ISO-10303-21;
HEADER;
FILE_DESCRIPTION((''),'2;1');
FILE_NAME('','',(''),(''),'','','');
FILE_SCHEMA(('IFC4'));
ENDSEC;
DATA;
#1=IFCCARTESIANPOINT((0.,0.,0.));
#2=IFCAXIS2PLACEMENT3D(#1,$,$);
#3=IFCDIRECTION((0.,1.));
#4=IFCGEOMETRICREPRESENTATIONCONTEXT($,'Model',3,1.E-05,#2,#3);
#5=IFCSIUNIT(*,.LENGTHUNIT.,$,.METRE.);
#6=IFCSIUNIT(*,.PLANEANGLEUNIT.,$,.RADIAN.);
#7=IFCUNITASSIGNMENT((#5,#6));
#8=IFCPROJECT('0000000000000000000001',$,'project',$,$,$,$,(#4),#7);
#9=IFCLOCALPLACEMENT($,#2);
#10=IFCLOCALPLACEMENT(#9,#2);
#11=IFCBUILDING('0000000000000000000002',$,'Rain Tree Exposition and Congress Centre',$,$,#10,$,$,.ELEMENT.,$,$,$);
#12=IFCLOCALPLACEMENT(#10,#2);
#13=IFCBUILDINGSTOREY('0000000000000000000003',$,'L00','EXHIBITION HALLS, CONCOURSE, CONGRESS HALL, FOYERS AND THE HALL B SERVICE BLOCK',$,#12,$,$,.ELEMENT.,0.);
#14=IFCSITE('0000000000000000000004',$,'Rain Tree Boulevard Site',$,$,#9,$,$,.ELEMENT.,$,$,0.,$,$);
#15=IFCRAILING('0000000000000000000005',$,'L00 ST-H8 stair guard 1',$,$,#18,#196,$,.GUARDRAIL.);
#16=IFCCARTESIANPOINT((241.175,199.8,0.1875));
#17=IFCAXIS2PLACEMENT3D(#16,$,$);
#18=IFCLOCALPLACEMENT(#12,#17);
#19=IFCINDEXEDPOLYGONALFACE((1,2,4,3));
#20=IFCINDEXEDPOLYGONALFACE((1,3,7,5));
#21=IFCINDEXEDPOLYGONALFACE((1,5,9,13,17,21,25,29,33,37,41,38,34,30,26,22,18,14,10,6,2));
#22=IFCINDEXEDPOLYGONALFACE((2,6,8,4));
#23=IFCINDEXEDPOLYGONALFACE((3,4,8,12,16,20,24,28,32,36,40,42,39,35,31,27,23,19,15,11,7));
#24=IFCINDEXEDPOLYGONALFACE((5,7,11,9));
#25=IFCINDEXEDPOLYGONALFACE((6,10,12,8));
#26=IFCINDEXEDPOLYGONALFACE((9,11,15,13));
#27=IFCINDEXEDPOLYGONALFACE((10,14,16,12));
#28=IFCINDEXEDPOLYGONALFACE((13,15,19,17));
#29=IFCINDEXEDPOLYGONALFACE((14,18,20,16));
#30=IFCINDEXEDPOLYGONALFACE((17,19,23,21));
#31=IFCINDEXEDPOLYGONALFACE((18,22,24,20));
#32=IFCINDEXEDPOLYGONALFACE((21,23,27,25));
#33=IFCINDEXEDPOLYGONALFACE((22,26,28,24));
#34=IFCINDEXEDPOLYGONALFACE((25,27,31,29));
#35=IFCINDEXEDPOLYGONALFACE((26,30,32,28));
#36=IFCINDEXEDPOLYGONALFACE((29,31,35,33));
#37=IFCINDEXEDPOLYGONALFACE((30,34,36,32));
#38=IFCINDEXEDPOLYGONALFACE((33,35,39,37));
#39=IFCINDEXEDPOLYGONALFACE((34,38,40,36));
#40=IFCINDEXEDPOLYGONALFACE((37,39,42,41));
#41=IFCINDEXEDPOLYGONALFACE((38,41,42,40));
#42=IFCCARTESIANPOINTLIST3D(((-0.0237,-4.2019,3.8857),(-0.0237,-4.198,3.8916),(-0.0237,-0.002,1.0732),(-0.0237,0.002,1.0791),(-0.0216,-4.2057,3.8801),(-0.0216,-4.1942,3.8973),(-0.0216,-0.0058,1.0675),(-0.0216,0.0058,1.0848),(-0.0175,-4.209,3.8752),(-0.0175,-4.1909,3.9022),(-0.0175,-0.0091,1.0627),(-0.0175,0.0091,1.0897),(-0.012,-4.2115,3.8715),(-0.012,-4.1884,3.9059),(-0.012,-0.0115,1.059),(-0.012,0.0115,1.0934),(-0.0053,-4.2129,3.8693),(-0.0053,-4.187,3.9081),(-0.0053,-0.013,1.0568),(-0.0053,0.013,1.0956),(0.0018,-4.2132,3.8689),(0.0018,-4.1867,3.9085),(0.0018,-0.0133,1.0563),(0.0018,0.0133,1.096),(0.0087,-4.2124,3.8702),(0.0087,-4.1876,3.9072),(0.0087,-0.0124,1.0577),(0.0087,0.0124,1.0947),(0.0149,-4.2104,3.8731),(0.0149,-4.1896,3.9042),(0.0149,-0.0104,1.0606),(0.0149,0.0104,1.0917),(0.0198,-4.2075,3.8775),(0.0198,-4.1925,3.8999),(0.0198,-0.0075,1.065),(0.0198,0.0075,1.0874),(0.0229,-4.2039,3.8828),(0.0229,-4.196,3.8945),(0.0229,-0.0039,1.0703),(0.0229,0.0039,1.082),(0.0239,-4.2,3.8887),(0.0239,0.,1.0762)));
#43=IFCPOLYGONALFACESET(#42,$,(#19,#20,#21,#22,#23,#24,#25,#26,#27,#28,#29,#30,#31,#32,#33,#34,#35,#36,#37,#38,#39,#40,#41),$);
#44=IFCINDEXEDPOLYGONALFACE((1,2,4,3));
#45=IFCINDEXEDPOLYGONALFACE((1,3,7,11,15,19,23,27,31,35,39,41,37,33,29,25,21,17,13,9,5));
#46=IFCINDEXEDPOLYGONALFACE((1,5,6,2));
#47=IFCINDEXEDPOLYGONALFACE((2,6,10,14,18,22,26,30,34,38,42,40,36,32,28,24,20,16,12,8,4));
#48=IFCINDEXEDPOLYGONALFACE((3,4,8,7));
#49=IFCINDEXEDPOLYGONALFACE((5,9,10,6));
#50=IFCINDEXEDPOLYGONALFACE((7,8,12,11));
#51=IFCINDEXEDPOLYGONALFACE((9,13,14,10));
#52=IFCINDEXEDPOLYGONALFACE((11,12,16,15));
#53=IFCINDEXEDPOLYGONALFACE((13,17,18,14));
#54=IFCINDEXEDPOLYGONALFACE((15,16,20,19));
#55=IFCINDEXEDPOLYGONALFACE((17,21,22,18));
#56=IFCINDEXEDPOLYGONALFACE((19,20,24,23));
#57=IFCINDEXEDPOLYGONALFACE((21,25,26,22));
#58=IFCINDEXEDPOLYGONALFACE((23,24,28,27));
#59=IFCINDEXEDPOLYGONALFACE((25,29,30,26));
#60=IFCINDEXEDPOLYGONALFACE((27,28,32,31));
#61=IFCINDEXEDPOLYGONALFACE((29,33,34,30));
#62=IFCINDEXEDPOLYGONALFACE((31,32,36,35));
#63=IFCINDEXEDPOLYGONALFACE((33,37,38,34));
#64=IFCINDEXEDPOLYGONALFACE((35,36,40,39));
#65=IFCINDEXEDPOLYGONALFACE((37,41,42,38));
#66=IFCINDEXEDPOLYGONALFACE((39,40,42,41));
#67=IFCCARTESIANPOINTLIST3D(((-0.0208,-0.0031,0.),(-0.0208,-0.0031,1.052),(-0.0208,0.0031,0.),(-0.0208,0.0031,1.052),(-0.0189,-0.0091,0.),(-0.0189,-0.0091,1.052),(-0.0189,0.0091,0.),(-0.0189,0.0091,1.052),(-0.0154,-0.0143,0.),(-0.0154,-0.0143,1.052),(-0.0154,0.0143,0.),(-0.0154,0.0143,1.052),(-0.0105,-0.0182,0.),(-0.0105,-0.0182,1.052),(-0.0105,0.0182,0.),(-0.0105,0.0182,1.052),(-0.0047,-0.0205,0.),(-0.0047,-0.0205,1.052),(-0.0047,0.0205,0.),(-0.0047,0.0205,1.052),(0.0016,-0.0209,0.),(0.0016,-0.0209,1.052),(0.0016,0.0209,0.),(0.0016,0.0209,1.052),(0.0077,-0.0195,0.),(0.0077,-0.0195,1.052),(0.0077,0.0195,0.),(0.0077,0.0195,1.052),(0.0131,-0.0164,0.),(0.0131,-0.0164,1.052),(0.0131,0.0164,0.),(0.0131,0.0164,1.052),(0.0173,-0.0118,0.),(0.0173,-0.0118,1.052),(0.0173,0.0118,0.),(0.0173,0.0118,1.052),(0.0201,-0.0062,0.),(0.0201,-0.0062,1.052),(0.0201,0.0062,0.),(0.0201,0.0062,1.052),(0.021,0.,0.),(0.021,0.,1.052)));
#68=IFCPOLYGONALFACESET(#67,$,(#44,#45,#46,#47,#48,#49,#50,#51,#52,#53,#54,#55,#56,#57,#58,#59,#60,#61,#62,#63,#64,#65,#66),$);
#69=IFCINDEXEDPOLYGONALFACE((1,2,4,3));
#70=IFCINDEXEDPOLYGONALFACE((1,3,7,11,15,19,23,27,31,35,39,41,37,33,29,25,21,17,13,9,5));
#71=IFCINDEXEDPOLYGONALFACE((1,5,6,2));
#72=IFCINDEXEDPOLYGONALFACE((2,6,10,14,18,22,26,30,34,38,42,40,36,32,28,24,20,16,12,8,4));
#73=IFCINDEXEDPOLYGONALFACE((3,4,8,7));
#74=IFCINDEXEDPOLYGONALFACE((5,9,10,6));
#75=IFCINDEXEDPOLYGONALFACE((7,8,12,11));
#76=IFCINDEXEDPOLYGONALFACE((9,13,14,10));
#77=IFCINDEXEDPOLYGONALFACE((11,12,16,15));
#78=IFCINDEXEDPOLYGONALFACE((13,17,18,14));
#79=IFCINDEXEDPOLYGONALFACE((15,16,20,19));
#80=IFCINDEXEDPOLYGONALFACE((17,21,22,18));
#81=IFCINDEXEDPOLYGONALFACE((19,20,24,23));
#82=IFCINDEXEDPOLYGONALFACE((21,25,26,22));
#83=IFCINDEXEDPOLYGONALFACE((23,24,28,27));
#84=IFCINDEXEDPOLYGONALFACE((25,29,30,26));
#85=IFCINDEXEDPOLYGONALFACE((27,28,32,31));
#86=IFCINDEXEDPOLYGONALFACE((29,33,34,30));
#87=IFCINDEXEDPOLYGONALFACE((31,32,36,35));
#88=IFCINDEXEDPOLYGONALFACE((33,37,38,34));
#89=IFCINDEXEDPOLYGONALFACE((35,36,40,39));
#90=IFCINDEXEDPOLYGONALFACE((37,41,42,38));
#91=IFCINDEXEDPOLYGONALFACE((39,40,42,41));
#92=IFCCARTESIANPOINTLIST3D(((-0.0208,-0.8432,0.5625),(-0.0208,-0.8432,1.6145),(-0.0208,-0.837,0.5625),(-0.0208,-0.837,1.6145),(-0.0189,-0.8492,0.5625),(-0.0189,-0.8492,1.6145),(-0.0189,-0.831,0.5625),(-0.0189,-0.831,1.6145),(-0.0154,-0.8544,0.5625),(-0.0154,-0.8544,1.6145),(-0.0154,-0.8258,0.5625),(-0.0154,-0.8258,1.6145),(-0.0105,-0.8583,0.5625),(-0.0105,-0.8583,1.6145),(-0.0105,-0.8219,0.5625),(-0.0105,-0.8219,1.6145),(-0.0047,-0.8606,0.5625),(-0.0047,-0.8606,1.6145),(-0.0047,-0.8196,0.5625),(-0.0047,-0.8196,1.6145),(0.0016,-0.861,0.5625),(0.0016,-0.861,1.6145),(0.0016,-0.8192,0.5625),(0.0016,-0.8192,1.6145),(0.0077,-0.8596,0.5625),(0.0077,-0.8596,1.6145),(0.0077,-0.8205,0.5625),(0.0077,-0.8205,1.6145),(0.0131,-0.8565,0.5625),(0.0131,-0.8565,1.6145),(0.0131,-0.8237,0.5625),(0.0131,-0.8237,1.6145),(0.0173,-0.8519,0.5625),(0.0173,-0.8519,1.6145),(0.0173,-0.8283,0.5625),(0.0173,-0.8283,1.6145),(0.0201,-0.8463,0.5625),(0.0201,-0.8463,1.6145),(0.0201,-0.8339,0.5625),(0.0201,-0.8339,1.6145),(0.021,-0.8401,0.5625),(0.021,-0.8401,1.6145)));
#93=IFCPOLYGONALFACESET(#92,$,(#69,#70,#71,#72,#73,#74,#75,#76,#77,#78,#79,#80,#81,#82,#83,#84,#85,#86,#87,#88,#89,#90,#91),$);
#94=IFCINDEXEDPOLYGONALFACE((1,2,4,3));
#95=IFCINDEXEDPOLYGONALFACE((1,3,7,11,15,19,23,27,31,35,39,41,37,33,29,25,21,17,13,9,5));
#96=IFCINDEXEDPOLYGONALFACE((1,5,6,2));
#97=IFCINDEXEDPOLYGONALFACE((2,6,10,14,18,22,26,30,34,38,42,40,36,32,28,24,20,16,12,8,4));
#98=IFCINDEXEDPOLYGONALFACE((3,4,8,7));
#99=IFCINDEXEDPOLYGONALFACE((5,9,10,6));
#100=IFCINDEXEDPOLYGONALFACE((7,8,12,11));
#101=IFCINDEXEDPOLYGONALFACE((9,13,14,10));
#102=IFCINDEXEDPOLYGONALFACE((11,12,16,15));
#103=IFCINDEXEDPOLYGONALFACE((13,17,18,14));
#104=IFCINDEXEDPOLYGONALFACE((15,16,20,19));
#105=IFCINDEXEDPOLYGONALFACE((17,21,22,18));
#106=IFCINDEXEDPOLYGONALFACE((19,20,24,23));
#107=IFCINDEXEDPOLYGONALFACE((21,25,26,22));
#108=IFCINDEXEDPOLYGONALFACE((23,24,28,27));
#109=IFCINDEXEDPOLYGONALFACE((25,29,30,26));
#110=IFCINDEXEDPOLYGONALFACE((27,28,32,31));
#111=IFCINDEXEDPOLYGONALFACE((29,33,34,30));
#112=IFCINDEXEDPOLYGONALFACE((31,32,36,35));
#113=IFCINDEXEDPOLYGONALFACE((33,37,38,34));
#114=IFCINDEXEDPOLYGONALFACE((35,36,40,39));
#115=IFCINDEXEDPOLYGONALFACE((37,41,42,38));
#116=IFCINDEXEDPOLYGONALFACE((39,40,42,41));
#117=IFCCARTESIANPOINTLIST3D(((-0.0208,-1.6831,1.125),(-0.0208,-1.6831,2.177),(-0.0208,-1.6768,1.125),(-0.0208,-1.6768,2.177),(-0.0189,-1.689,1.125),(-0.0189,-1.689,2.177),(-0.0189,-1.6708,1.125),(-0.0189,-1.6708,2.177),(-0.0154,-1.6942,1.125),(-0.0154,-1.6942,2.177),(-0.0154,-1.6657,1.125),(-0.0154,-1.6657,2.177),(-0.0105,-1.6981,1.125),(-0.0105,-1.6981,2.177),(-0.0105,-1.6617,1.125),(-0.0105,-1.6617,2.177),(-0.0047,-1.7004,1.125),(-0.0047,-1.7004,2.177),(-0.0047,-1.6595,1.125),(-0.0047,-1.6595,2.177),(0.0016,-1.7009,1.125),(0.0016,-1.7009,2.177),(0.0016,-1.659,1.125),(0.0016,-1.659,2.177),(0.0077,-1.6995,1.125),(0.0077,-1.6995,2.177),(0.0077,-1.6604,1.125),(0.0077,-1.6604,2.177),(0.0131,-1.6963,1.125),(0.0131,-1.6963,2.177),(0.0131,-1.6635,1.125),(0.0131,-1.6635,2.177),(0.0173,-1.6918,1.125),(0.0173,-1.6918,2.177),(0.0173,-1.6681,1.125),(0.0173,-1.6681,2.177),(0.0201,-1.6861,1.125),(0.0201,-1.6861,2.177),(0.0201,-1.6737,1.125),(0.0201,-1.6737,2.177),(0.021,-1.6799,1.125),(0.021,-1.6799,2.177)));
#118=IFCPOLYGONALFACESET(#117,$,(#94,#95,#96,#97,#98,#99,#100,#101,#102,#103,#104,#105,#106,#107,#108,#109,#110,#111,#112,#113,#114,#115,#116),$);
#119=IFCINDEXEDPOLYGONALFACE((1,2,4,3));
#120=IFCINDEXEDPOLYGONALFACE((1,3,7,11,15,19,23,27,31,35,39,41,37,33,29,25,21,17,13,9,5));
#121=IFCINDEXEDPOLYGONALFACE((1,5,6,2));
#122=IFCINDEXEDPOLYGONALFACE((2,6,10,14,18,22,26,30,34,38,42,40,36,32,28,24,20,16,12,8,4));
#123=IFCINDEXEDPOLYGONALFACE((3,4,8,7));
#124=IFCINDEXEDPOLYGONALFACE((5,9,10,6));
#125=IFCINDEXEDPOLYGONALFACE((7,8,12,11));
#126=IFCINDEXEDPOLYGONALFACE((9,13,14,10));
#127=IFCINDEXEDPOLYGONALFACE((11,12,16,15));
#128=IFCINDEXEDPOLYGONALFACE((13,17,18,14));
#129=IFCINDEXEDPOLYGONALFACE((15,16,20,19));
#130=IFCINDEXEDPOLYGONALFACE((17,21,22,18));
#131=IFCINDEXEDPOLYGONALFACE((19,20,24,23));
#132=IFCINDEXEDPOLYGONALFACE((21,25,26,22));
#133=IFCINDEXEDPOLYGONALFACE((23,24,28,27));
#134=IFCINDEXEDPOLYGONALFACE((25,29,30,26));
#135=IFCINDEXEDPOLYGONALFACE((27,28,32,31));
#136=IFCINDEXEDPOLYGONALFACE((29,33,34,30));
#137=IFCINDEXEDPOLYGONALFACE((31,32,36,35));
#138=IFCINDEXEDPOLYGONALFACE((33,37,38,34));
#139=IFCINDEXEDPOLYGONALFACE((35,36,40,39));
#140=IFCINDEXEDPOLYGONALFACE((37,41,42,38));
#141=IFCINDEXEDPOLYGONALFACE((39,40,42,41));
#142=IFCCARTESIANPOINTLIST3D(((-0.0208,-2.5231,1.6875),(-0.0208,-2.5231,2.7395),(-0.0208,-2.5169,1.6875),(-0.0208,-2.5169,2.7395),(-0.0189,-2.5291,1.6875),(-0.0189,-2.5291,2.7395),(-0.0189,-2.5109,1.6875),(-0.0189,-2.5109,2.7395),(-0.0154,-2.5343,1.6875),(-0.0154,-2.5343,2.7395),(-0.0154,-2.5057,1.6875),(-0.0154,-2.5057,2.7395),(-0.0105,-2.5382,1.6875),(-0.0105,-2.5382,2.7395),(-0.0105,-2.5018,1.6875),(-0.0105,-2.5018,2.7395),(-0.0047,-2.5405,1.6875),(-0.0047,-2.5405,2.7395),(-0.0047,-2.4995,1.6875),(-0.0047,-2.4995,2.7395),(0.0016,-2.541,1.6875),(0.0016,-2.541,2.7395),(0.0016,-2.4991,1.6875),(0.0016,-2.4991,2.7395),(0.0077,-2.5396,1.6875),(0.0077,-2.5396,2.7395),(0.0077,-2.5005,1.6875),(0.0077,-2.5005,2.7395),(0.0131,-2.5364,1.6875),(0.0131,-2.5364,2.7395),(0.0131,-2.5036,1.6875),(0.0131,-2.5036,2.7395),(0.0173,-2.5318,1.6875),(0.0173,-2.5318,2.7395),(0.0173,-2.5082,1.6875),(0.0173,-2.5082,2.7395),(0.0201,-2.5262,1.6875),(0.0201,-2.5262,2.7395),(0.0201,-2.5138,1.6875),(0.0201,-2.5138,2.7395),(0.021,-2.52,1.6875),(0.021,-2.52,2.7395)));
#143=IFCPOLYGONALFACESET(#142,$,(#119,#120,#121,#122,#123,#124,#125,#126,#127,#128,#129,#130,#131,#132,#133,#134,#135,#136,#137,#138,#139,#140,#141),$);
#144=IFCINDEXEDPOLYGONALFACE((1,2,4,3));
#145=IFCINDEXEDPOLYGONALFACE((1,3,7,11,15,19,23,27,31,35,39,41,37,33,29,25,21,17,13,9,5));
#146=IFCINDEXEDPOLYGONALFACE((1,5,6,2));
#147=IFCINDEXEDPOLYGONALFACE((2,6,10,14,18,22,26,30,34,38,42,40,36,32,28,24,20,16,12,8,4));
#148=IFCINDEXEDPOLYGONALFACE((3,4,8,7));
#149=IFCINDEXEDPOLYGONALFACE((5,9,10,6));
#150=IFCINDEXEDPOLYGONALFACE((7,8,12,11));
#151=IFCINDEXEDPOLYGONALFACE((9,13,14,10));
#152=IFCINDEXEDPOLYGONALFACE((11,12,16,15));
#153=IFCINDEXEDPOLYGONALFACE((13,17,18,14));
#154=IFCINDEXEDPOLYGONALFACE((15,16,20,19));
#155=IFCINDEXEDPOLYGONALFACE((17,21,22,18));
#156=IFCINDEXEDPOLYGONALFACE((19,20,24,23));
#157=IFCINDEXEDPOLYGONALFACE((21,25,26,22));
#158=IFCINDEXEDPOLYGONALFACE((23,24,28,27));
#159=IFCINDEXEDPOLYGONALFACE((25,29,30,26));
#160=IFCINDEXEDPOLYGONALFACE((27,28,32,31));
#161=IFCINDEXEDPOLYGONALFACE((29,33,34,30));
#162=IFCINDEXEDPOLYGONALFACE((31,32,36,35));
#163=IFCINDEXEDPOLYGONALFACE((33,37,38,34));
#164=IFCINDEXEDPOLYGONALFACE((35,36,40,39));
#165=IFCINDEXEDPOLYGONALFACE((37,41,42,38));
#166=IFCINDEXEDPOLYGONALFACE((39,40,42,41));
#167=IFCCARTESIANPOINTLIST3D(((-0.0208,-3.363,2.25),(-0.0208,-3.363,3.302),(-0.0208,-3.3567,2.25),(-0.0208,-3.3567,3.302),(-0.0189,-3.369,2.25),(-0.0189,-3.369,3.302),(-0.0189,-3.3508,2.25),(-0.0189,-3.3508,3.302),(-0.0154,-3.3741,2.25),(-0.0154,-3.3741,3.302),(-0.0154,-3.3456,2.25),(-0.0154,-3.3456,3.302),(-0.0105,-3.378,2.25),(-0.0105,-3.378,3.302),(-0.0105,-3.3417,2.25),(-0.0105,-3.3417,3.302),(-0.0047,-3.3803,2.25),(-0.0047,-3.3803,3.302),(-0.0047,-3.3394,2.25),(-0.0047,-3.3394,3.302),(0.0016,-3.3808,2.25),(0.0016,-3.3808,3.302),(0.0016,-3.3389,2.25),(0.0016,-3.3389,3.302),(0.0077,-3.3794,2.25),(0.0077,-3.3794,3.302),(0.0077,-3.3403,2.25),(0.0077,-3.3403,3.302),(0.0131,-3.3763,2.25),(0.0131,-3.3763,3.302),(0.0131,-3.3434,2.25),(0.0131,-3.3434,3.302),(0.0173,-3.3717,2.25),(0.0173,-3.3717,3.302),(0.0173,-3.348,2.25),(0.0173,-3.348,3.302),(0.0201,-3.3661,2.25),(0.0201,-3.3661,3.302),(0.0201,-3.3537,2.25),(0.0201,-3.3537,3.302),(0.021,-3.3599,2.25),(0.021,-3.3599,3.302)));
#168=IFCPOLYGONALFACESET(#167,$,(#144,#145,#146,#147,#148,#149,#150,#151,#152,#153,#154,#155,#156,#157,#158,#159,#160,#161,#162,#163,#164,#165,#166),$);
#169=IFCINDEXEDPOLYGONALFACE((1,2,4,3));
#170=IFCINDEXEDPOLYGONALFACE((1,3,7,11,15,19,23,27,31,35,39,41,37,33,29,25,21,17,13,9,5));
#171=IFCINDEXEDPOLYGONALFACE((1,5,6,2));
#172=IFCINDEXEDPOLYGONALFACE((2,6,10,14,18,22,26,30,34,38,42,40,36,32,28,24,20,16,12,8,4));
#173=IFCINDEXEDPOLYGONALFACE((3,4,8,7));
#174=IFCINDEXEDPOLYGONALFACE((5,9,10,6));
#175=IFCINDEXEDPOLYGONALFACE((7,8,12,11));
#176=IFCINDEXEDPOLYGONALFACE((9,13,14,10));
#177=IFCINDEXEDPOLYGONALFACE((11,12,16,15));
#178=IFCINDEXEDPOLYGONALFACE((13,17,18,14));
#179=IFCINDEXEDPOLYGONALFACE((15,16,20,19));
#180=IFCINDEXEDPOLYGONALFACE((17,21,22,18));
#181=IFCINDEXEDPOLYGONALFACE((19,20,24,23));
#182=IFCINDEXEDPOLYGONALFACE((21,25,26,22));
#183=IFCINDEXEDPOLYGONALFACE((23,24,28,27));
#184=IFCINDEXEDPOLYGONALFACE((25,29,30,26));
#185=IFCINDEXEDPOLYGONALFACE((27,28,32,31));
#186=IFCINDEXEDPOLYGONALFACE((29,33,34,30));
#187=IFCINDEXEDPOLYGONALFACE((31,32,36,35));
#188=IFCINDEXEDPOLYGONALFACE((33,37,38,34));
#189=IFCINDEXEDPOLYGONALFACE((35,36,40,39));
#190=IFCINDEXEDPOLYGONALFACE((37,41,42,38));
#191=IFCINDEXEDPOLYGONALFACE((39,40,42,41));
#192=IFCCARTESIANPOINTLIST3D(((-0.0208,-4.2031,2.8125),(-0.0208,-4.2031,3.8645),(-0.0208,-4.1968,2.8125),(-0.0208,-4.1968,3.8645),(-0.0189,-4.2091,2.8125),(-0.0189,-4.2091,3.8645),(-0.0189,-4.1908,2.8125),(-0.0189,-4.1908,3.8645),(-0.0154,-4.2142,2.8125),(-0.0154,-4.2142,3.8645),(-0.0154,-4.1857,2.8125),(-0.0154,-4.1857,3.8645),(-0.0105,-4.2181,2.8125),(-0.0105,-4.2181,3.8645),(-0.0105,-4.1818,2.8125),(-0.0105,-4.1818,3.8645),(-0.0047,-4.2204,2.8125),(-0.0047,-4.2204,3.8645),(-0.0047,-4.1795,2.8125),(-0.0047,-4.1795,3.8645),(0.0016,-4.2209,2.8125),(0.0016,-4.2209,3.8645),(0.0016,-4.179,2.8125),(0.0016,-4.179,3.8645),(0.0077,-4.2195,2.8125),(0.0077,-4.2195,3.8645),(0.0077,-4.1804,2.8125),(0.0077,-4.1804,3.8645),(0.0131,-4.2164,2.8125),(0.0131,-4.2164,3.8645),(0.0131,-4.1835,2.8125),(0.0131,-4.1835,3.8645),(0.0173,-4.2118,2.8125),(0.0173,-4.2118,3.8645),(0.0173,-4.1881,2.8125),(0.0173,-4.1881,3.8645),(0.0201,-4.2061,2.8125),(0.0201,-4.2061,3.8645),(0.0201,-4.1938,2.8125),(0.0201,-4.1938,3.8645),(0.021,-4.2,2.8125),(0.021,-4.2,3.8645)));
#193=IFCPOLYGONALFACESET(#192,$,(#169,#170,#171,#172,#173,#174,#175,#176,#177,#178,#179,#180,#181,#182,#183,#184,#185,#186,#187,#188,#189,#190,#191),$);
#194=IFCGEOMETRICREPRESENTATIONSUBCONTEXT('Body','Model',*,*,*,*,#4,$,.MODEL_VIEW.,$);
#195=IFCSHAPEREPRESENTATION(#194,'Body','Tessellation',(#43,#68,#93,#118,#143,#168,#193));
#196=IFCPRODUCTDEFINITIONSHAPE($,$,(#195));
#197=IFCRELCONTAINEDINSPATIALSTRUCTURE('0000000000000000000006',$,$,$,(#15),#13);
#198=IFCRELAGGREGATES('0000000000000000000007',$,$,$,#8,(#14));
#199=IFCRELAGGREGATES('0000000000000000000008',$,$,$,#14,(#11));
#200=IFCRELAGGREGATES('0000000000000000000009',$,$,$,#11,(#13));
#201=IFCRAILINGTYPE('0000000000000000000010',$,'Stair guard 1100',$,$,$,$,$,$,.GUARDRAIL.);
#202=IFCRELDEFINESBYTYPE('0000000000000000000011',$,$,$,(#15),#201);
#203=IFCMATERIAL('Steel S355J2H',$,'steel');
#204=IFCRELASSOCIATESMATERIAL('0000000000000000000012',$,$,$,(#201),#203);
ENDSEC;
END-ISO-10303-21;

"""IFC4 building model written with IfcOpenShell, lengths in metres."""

from ifc_helpers import new_model, si_unit, direction, frame, origin, origin_2d, place, context, subcontext, project, spatial, circle, extrude, material, type_object, element, save


model = new_model("IFC4")

# Units and contexts
model_context = context("Model", 3, precision=1e-05, world=origin(), true_north=direction((0.0, 1.0)))
body_context = subcontext(model_context, "Body", "Model", "MODEL_VIEW")
ifc_project = project(units=[si_unit("LENGTHUNIT", "METRE"), si_unit("PLANEANGLEUNIT", "RADIAN")], contexts=[model_context])

# Site, building, storey
site_placement = place(None, origin())
site = spatial("IfcSite", under=ifc_project, at=site_placement, Name="Rain Tree Boulevard Site", CompositionType="ELEMENT", RefElevation=0.0)
building_placement = place(site_placement, origin())
building = spatial("IfcBuilding", under=site, at=building_placement, Name="Rain Tree Exposition and Congress Centre", CompositionType="ELEMENT")
storey_placement = place(building_placement, origin())
storey = spatial("IfcBuildingStorey", under=building, at=storey_placement, Name="L00", Description="EXHIBITION HALLS, CONCOURSE, CONGRESS HALL, FOYERS AND THE HALL B SERVICE BLOCK", CompositionType="ELEMENT", Elevation=0.0)

# Railing
ifc_material_1 = material(Name="Steel S355J2H", Category="steel")
railing_type_1 = type_object("IfcRailingType", Name="Stair guard 1100", PredefinedType="GUARDRAIL", material=ifc_material_1)
railing_1_placement = place(storey_placement, frame((241.175, 199.8, 0.1875)))
element("IfcRailing", 1, at=railing_1_placement, inside=storey, type_object=railing_type_1, Name="L00 ST-H8 stair guard 1", PredefinedType="GUARDRAIL", context=body_context, shape_type="SweptSolid", body=[
    extrude(circle(Radius=0.0239, at=origin_2d()), frame((0.0, 0.0, 1.0762), z_axis=(0.0, -0.830904, 0.556416), x_axis=(1.0, 0.0, 0.0)), (0.0, 0.0, 1.0), 5.0547),
    extrude(circle(Radius=0.021, at=origin_2d()), origin(), (0.0, 0.0, 1.0), 1.052),
    extrude(circle(Radius=0.021, at=origin_2d()), frame((0.0, -0.8401, 0.5625)), (0.0, 0.0, 1.0), 1.052),
    extrude(circle(Radius=0.021, at=origin_2d()), frame((0.0, -1.6799, 1.125)), (0.0, 0.0, 1.0), 1.052),
    extrude(circle(Radius=0.021, at=origin_2d()), frame((0.0, -2.52, 1.6875)), (0.0, 0.0, 1.0), 1.052),
    extrude(circle(Radius=0.021, at=origin_2d()), frame((0.0, -3.3599, 2.25)), (0.0, 0.0, 1.0), 1.052),
    extrude(circle(Radius=0.021, at=origin_2d()), frame((0.0, -4.2, 2.8125)), (0.0, 0.0, 1.0), 1.052),
])

save(model, "model.ifc")
